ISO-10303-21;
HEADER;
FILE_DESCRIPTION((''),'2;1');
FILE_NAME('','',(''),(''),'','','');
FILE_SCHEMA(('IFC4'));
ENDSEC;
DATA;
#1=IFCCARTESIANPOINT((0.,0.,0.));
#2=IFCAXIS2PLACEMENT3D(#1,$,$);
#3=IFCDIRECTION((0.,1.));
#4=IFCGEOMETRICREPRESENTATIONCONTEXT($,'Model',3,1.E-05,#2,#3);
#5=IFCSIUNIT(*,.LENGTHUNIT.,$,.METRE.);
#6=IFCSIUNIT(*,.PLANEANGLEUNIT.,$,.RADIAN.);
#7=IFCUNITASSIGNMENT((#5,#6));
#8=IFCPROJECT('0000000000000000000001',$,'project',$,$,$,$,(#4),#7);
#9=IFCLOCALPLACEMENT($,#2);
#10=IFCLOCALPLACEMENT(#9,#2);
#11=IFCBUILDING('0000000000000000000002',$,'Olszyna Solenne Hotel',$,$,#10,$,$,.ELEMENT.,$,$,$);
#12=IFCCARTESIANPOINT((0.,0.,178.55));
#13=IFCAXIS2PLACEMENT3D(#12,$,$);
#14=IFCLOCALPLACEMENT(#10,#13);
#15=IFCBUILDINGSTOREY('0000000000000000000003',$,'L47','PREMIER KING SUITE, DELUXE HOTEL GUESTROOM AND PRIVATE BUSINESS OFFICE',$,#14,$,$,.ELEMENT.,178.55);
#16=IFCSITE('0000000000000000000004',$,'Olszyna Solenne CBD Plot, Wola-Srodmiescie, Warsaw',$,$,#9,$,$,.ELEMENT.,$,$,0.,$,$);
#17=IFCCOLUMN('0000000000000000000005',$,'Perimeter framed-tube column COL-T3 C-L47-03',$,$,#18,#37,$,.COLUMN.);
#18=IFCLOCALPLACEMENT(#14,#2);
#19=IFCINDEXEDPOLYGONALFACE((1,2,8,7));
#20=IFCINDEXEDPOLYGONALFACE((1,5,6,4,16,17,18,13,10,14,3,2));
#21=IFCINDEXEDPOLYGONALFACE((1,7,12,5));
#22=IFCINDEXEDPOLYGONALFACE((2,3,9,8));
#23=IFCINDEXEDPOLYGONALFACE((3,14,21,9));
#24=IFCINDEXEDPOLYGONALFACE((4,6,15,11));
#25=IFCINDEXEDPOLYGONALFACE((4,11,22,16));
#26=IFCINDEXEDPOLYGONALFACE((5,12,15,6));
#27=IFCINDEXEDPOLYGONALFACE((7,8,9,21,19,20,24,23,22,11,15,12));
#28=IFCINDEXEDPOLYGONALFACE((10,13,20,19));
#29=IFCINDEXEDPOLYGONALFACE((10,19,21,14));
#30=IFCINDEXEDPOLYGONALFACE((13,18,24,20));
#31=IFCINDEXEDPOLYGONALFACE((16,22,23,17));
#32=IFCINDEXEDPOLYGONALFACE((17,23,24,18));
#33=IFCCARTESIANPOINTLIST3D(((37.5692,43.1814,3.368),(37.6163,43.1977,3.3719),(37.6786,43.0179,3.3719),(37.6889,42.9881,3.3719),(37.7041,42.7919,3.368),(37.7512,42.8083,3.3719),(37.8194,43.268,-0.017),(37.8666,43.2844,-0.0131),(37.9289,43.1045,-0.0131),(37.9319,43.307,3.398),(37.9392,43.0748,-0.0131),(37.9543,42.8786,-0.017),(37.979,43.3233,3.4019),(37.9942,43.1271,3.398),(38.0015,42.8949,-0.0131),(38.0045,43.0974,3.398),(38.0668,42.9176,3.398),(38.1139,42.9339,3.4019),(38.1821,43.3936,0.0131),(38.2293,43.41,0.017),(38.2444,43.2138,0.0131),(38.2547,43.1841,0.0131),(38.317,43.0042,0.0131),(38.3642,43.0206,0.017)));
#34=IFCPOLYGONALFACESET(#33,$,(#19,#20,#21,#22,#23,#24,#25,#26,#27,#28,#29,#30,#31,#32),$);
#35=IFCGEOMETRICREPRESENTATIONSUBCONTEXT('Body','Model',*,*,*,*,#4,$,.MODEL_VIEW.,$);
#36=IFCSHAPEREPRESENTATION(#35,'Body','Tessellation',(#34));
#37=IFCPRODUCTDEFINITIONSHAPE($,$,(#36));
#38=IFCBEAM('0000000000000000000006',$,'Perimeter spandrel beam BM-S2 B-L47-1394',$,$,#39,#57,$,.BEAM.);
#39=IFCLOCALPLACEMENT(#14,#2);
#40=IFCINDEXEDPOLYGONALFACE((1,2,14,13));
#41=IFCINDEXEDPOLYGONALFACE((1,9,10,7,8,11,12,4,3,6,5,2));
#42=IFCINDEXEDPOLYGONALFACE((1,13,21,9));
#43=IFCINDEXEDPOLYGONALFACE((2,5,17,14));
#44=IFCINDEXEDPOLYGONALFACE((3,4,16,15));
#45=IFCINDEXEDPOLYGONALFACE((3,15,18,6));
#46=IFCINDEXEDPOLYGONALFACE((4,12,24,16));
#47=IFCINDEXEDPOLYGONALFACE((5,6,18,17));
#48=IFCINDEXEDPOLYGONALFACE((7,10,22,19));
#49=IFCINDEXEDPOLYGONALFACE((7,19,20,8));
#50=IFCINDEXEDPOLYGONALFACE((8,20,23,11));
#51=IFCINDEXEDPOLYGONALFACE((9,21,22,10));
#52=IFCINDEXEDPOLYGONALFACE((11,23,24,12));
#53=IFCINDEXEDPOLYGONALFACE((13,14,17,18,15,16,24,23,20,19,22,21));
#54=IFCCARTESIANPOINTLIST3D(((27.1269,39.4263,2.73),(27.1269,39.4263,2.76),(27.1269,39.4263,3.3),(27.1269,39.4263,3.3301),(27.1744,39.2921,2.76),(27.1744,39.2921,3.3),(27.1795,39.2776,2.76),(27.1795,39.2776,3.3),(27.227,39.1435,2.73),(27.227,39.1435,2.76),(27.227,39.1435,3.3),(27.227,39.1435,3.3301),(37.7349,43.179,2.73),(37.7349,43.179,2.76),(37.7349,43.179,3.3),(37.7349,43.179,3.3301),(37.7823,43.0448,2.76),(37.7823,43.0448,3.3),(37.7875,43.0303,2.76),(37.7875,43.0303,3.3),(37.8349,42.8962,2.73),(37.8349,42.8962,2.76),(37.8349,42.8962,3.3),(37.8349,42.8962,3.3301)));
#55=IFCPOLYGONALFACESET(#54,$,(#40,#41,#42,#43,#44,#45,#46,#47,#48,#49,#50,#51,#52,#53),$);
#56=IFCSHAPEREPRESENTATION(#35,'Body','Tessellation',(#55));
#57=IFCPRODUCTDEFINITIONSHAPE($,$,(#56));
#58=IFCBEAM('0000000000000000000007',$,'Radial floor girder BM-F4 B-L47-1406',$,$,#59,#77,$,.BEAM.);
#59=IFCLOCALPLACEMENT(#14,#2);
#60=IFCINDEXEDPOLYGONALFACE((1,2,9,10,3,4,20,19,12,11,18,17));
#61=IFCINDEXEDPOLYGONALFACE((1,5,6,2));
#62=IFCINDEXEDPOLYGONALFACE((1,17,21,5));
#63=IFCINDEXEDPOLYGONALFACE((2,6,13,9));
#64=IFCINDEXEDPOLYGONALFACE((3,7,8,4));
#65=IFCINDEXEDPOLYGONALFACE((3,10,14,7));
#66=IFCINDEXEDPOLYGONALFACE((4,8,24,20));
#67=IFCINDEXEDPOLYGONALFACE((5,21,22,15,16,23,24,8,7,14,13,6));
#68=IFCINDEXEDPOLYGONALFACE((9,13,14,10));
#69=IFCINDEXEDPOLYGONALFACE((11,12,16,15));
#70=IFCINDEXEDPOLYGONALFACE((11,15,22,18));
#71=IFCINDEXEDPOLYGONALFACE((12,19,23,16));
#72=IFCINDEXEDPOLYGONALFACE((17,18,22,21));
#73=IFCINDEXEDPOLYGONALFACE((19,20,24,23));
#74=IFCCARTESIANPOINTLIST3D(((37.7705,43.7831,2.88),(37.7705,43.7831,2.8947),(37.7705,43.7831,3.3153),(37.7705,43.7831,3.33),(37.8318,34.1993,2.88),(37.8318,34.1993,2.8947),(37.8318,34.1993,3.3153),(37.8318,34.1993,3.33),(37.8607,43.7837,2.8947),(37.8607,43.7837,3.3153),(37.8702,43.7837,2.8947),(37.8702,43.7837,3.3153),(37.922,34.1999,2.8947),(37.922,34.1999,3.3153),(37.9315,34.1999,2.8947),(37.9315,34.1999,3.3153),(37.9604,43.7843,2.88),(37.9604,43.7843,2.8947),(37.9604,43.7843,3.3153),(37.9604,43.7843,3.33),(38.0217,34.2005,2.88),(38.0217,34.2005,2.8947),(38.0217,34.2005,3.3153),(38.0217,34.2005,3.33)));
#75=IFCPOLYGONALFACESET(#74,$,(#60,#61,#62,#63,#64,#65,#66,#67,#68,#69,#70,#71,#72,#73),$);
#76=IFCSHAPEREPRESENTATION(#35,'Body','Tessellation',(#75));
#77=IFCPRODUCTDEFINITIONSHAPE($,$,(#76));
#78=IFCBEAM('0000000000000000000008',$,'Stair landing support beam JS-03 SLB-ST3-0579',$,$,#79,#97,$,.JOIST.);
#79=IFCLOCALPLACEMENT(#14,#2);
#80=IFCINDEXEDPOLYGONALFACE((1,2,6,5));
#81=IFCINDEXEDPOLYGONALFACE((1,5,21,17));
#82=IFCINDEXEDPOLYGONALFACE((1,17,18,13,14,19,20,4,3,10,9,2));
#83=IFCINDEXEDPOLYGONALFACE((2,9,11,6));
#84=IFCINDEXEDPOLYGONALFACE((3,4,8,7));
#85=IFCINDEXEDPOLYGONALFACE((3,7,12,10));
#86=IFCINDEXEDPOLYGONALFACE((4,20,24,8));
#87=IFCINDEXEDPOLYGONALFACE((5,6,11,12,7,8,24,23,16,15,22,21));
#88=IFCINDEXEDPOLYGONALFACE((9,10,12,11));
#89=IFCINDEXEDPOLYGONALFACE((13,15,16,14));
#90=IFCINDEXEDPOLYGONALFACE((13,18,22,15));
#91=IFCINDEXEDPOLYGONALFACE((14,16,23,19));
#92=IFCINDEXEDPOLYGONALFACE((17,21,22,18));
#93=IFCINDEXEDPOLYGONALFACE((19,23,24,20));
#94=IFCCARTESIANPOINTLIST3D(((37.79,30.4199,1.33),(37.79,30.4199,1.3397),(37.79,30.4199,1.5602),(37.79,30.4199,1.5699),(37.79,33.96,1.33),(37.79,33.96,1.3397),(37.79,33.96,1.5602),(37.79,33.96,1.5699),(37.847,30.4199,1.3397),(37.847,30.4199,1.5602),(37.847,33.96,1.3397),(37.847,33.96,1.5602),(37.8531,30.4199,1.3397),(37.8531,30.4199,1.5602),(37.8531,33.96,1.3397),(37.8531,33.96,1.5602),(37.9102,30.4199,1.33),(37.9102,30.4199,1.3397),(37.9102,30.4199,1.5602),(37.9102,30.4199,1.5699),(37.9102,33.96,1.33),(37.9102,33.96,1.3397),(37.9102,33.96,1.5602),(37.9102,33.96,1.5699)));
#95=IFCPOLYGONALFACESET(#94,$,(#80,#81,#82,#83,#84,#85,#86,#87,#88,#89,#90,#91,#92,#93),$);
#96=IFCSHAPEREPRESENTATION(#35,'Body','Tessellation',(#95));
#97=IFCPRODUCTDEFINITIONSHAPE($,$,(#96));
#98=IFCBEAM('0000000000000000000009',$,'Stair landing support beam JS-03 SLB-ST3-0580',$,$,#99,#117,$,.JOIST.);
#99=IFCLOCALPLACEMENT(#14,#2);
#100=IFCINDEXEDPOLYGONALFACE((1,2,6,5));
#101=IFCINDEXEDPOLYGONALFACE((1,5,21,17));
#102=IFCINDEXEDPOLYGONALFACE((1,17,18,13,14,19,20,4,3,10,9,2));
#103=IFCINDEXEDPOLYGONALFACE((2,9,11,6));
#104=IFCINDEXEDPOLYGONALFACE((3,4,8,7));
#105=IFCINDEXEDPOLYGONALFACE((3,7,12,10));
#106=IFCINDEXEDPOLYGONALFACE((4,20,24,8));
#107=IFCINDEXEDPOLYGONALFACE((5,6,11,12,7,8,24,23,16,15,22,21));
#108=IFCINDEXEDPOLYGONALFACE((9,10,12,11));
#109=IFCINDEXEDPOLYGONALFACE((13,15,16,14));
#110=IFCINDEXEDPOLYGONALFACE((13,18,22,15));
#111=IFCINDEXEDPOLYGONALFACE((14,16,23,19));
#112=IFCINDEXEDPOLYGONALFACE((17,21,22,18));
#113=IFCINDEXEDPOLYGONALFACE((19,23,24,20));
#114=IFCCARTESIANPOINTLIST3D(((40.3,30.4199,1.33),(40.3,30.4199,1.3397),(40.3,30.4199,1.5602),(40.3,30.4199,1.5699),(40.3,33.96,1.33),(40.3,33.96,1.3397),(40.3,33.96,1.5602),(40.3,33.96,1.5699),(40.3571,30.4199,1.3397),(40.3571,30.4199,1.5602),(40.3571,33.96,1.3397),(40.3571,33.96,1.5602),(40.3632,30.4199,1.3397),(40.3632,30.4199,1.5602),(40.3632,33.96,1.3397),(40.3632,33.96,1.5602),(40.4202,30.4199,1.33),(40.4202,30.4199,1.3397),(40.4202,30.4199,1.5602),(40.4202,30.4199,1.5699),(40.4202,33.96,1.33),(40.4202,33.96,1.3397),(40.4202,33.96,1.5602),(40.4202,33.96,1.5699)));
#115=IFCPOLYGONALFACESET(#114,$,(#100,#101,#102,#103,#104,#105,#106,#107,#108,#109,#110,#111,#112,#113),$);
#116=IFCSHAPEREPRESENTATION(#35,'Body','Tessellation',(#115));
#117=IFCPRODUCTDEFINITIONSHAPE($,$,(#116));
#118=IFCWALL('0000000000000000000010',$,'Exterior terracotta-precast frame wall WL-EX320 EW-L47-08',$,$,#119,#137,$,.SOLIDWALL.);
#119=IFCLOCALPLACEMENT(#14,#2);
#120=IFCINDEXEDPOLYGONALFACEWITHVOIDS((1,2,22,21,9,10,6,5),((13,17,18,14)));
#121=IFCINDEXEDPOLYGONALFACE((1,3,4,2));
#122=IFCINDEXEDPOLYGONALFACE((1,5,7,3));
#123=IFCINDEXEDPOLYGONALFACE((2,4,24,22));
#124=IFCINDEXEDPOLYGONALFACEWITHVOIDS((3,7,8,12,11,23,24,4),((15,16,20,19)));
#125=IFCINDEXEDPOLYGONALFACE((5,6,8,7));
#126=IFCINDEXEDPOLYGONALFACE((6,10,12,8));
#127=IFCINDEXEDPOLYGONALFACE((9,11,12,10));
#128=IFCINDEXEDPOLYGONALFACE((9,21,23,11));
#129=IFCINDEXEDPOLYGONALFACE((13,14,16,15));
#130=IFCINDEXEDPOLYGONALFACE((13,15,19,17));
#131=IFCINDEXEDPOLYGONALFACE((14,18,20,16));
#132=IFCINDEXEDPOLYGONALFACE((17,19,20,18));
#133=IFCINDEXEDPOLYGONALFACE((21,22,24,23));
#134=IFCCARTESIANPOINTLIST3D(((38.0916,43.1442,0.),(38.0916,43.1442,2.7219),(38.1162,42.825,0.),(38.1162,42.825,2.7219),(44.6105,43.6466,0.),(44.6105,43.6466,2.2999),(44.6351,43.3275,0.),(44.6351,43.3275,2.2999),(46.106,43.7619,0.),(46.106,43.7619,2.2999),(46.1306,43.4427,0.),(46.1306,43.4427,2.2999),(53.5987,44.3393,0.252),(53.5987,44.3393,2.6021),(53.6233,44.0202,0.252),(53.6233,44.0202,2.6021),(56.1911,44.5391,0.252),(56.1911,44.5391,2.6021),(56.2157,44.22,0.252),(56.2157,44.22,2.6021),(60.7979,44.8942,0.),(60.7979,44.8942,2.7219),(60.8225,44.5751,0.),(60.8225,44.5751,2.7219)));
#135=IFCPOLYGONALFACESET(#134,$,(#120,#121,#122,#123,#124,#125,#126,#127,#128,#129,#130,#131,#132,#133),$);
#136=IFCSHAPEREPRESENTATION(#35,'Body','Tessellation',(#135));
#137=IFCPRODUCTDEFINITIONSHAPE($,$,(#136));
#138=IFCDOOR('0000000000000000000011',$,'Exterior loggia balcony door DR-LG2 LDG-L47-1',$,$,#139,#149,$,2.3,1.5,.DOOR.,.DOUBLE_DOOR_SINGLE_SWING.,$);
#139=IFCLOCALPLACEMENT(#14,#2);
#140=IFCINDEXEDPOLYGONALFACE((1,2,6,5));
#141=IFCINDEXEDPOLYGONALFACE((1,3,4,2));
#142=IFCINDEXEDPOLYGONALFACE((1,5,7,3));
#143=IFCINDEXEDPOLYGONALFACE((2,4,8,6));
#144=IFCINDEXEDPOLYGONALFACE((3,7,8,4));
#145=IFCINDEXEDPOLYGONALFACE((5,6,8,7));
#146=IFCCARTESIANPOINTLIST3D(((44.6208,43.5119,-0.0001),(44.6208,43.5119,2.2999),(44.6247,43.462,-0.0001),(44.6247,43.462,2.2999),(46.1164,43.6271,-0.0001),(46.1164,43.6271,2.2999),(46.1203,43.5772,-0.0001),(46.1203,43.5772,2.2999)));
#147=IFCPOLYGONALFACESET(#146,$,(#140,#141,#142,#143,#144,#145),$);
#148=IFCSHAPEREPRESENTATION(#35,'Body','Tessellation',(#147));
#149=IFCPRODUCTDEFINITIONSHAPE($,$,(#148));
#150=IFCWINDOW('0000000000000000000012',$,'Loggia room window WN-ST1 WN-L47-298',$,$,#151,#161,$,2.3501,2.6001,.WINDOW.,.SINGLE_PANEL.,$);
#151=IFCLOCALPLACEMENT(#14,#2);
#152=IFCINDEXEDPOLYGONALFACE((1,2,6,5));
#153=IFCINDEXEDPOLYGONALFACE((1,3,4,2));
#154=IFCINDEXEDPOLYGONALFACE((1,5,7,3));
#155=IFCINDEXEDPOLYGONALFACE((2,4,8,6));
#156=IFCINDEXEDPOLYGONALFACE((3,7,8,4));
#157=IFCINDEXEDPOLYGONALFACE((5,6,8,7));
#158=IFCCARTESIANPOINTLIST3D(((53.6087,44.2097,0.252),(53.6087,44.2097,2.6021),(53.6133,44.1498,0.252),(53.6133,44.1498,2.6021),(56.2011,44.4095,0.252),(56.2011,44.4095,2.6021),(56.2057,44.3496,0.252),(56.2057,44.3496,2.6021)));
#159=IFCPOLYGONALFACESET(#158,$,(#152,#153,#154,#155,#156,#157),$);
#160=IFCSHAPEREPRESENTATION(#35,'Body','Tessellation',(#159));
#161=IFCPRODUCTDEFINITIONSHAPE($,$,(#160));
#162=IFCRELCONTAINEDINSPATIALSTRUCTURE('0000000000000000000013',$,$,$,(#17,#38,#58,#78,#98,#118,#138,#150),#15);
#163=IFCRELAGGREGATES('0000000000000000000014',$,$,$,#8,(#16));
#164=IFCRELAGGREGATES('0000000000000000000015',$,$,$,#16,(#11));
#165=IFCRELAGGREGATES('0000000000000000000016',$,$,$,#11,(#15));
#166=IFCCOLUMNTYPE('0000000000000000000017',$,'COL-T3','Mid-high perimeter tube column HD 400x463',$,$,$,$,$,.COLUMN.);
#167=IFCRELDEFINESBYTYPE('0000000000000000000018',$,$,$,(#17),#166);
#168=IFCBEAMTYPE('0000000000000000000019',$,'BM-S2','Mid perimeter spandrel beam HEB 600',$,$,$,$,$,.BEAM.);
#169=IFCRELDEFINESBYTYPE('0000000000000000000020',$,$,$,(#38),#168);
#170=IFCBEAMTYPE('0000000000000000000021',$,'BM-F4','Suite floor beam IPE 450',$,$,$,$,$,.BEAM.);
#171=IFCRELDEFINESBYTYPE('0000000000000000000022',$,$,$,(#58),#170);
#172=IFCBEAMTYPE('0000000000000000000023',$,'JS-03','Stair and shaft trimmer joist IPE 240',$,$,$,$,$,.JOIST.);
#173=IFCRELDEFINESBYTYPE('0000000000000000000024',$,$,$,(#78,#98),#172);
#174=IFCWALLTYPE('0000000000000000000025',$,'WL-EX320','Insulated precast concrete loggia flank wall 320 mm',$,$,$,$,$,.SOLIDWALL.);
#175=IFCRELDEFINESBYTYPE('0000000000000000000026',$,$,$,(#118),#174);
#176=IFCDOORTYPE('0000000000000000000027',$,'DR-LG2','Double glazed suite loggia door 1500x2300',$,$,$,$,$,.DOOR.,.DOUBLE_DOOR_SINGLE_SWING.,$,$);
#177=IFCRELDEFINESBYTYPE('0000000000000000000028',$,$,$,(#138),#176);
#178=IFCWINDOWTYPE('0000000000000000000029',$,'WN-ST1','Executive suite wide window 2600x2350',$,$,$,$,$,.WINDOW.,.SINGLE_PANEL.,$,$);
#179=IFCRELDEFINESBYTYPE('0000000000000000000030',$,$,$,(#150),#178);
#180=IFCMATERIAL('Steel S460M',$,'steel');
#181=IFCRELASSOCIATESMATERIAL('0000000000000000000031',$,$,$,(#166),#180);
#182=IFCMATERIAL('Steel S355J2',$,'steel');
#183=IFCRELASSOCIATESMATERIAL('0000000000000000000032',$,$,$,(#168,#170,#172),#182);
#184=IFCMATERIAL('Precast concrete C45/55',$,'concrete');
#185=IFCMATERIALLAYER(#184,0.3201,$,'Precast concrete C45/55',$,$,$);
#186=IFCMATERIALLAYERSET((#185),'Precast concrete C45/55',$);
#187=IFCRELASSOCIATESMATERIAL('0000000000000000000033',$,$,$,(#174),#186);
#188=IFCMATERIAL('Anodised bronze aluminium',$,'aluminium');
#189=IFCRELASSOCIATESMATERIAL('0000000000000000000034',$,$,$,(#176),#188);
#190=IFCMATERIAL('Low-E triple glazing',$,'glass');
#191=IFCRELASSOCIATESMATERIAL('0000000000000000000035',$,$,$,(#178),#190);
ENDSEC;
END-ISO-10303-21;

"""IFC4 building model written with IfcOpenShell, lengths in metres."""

from ifc_helpers import new_model, si_unit, direction, frame, frame_2d, origin, origin_2d, place, context, subcontext, project, spatial, rectangle, i_section, extrude, source, transform, mapped, material, layer, layer_set, material_profile, profile_set, type_object, type_shapes, element, fill, save


model = new_model("IFC4")

# Units and contexts
model_context = context("Model", 3, precision=1e-05, world=origin(), true_north=direction((0.0, 1.0)))
body_context = subcontext(model_context, "Body", "Model", "MODEL_VIEW")
ifc_project = project(units=[si_unit("LENGTHUNIT", "METRE"), si_unit("PLANEANGLEUNIT", "RADIAN")], contexts=[model_context])

# Site, building, storey
site_placement = place(None, origin())
site = spatial("IfcSite", under=ifc_project, at=site_placement, Name="Olszyna Solenne CBD Plot, Wola-Srodmiescie, Warsaw", CompositionType="ELEMENT", RefElevation=0.0)
building_placement = place(site_placement, origin())
building = spatial("IfcBuilding", under=site, at=building_placement, Name="Olszyna Solenne Hotel", CompositionType="ELEMENT")
storey_placement = place(building_placement, frame((0.0, 0.0, 178.55)))
storey = spatial("IfcBuildingStorey", under=building, at=storey_placement, Name="L47", Description="PREMIER KING SUITE, DELUXE HOTEL GUESTROOM AND PRIVATE BUSINESS OFFICE", CompositionType="ELEMENT", Elevation=178.55)

# Column
ifc_material_1 = material(Name="Steel S460M", Category="steel")
ifc_material_profile_1 = material_profile(ifc_material_1, i_section(OverallWidth=0.4121, OverallDepth=0.4351, WebThickness=0.0315, FlangeThickness=0.05, at=origin_2d()), Name="HD 400x463", Category="load-bearing")
ifc_profile_set_1 = profile_set([ifc_material_profile_1], Name="Steel S460M")
column_type = type_object("IfcColumnType", Name="COL-T3", Description="Mid-high perimeter tube column HD 400x463", PredefinedType="COLUMN", material=ifc_profile_set_1)
shared_shape_1 = source(origin(), body_context, "Body", "SweptSolid", [
    extrude(i_section(OverallWidth=0.4121, OverallDepth=0.4351, WebThickness=0.0315, FlangeThickness=0.05, at=origin_2d()), origin(), (0.0, 0.0, 1.0), 3.3953),
])
column_placement = place(storey_placement, frame((38.0918, 43.1443, 0.0), z_axis=(-0.073702, -0.025526, 0.996954), x_axis=(0.327269, -0.944931, 0.0)))
element("IfcColumn", 1, at=column_placement, inside=storey, type_object=column_type, Name="Perimeter framed-tube column COL-T3 C-L47-03", PredefinedType="COLUMN", context=body_context, shape_type="MappedRepresentation", body=[
    mapped(shared_shape_1, transform((0.0, 0.0, 0.0), x_axis=(1.0, 0.0, 0.0), y_axis=(0.0, 1.0, 0.0), z_axis=(0.0, 0.0, 1.0), scale=1.0)),
])

# Beams
ifc_material_2 = material(Name="Steel S355J2", Category="steel")
ifc_material_profile_2 = material_profile(ifc_material_2, i_section(OverallWidth=0.3, OverallDepth=0.6001, WebThickness=0.0154, FlangeThickness=0.03, at=origin_2d()), Name="HEB 600", Category="load-bearing")
ifc_profile_set_2 = profile_set([ifc_material_profile_2], Name="Steel S355J2")
beam_type_1 = type_object("IfcBeamType", Name="BM-S2", Description="Mid perimeter spandrel beam HEB 600", PredefinedType="BEAM", material=ifc_profile_set_2)
shared_shape_2 = source(origin(), body_context, "Body", "SweptSolid", [
    extrude(i_section(OverallWidth=0.3, OverallDepth=0.6001, WebThickness=0.0154, FlangeThickness=0.03, at=origin_2d()), origin(), (0.0, 0.0, 1.0), 11.2522),
])
beam_1_placement = place(storey_placement, frame((37.7849, 43.0376, 3.03), z_axis=(-0.942747, -0.333509, 0.0), x_axis=(0.333509, -0.942747, 0.0)))
element("IfcBeam", 2, at=beam_1_placement, inside=storey, type_object=beam_type_1, Name="Perimeter spandrel beam BM-S2 B-L47-1394", PredefinedType="BEAM", context=body_context, shape_type="MappedRepresentation", body=[
    mapped(shared_shape_2, transform((0.0, 0.0, 0.0), x_axis=(1.0, 0.0, 0.0), y_axis=(0.0, 1.0, 0.0), z_axis=(0.0, 0.0, 1.0), scale=1.0)),
])
ifc_material_profile_3 = material_profile(ifc_material_2, i_section(OverallWidth=0.1899, OverallDepth=0.45, WebThickness=0.0095, FlangeThickness=0.0146, at=origin_2d()), Name="IPE 450", Category="load-bearing")
ifc_profile_set_3 = profile_set([ifc_material_profile_3], Name="Steel S355J2")
beam_type_2 = type_object("IfcBeamType", Name="BM-F4", Description="Suite floor beam IPE 450", PredefinedType="BEAM", material=ifc_profile_set_3)
shared_shape_3 = source(origin(), body_context, "Body", "SweptSolid", [
    extrude(i_section(OverallWidth=0.1899, OverallDepth=0.45, WebThickness=0.0095, FlangeThickness=0.0146, at=origin_2d()), origin(), (0.0, 0.0, 1.0), 9.584),
])
beam_2_placement = place(storey_placement, frame((37.8655, 43.7837, 3.105), z_axis=(0.006394, -0.99998, 0.0), x_axis=(0.99998, 0.006394, 0.0)))
element("IfcBeam", 3, at=beam_2_placement, inside=storey, type_object=beam_type_2, Name="Radial floor girder BM-F4 B-L47-1406", PredefinedType="BEAM", context=body_context, shape_type="MappedRepresentation", body=[
    mapped(shared_shape_3, transform((0.0, 0.0, 0.0), x_axis=(1.0, 0.0, 0.0), y_axis=(0.0, 1.0, 0.0), z_axis=(0.0, 0.0, 1.0), scale=1.0)),
])
ifc_material_profile_4 = material_profile(ifc_material_2, i_section(OverallWidth=0.1201, OverallDepth=0.24, WebThickness=0.0061, FlangeThickness=0.0098, at=origin_2d()), Name="IPE 240", Category="load-bearing")
ifc_profile_set_4 = profile_set([ifc_material_profile_4], Name="Steel S355J2")
beam_type_3 = type_object("IfcBeamType", Name="JS-03", Description="Stair and shaft trimmer joist IPE 240", PredefinedType="JOIST", material=ifc_profile_set_4)
shared_shape_4 = source(origin(), body_context, "Body", "SweptSolid", [
    extrude(i_section(OverallWidth=0.1201, OverallDepth=0.24, WebThickness=0.0061, FlangeThickness=0.0098, at=origin_2d()), origin(), (0.0, 0.0, 1.0), 3.54),
])
for number, where, z_axis, x_axis, name in (
    (4, (37.8501, 30.4199, 1.45), (0.0, 1.0, 0.0), (-1.0, 0.0, 0.0), "Stair landing support beam JS-03 SLB-ST3-0579"),
    (5, (40.3601, 30.4199, 1.45), (0.0, 1.0, 0.0), (-1.0, 0.0, 0.0), "Stair landing support beam JS-03 SLB-ST3-0580"),
):
    element("IfcBeam", number, at=place(storey_placement, frame(where, z_axis=z_axis, x_axis=x_axis)), inside=storey, type_object=beam_type_3, Name=name, PredefinedType="JOIST", context=body_context, shape_type="MappedRepresentation", body=[
        mapped(shared_shape_4, transform((0.0, 0.0, 0.0), x_axis=(1.0, 0.0, 0.0), y_axis=(0.0, 1.0, 0.0), z_axis=(0.0, 0.0, 1.0), scale=1.0)),
    ])

# Wall, openings, door, window
ifc_material_3 = material(Name="Precast concrete C45/55", Category="concrete")
ifc_layer_1 = layer(ifc_material_3, 0.3201, Name="Precast concrete C45/55")
ifc_layer_set_1 = layer_set([ifc_layer_1], Name="Precast concrete C45/55")
wall_type_1 = type_object("IfcWallType", Name="WL-EX320", Description="Insulated precast concrete loggia flank wall 320 mm", PredefinedType="SOLIDWALL", material=ifc_layer_set_1)
wall_1_placement = place(storey_placement, frame((38.104, 42.9846, 0.0), z_axis=(0.0, 0.0, 1.0), x_axis=(0.997043, 0.076843, 0.0)))
wall_1 = element("IfcWall", 6, at=wall_1_placement, inside=storey, type_object=wall_type_1, Name="Exterior terracotta-precast frame wall WL-EX320 EW-L47-08", PredefinedType="SOLIDWALL", context=body_context, shape_type="SweptSolid", body=[
    extrude(rectangle(XDim=22.7737, YDim=0.3201, at=frame_2d((11.3867, 0.0))), origin(), (0.0, 0.0, 1.0), 2.7219),
])
opening_1_placement = place(wall_1_placement, frame((6.5381, 0.0, 0.0)))
opening_1 = element("IfcOpeningElement", 7, at=opening_1_placement, cuts=wall_1, PredefinedType="OPENING", context=body_context, shape_type="SweptSolid", body=[
    extrude(rectangle(XDim=1.5, YDim=2.3, at=frame_2d((0.75, 1.1499))), frame((0.0, 0.1699, 0.0), z_axis=(0.0, -1.0, 0.0), x_axis=(1.0, 0.0, 0.0)), (0.0, 0.0, 1.0), 0.3401),
])
opening_2_placement = place(wall_1_placement, frame((15.553, 0.0, 0.252)))
opening_2 = element("IfcOpeningElement", 8, at=opening_2_placement, cuts=wall_1, PredefinedType="OPENING", context=body_context, shape_type="SweptSolid", body=[
    extrude(rectangle(XDim=2.6001, YDim=2.3501, at=frame_2d((1.3, 1.175))), frame((0.0, 0.1699, 0.0), z_axis=(0.0, -1.0, 0.0), x_axis=(1.0, 0.0, 0.0)), (0.0, 0.0, 1.0), 0.3401),
])
ifc_material_4 = material(Name="Anodised bronze aluminium", Category="aluminium")
door_type_1 = type_object("IfcDoorType", Name="DR-LG2", Description="Double glazed suite loggia door 1500x2300", OperationType="DOUBLE_DOOR_SINGLE_SWING", PredefinedType="DOOR", material=ifc_material_4)
shared_shape_5 = source(origin(), body_context, "Body", "SweptSolid", [
    extrude(rectangle(XDim=1.5, YDim=2.3, at=frame_2d((0.75, 1.1499))), frame((0.0, 0.0249, 0.0), z_axis=(0.0, -1.0, 0.0), x_axis=(1.0, 0.0, 0.0)), (0.0, 0.0, 1.0), 0.05),
])
type_shapes(door_type_1, [shared_shape_5])
door_1_placement = place(opening_1_placement, origin())
door_1 = element("IfcDoor", 9, at=door_1_placement, inside=storey, type_object=door_type_1, Name="Exterior loggia balcony door DR-LG2 LDG-L47-1", OperationType="DOUBLE_DOOR_SINGLE_SWING", OverallHeight=2.3, OverallWidth=1.5, PredefinedType="DOOR", context=body_context, shape_type="MappedRepresentation", body=[
    mapped(shared_shape_5, transform((0.0, 0.0, 0.0), x_axis=(1.0, 0.0, 0.0), y_axis=(0.0, 1.0, 0.0), z_axis=(0.0, 0.0, 1.0), scale=1.0)),
])
fill(opening_1, door_1)
ifc_material_5 = material(Name="Low-E triple glazing", Category="glass")
window_type = type_object("IfcWindowType", Name="WN-ST1", Description="Executive suite wide window 2600x2350", PartitioningType="SINGLE_PANEL", PredefinedType="WINDOW", material=ifc_material_5)
shared_shape_6 = source(origin(), body_context, "Body", "SweptSolid", [
    extrude(rectangle(XDim=2.6001, YDim=2.3501, at=frame_2d((1.3, 1.175))), frame((0.0, 0.03, 0.0), z_axis=(0.0, -1.0, 0.0), x_axis=(1.0, 0.0, 0.0)), (0.0, 0.0, 1.0), 0.0601),
])
type_shapes(window_type, [shared_shape_6])
window_placement = place(opening_2_placement, origin())
window = element("IfcWindow", 10, at=window_placement, inside=storey, type_object=window_type, Name="Loggia room window WN-ST1 WN-L47-298", OverallHeight=2.3501, OverallWidth=2.6001, PartitioningType="SINGLE_PANEL", PredefinedType="WINDOW", context=body_context, shape_type="MappedRepresentation", body=[
    mapped(shared_shape_6, transform((0.0, 0.0, 0.0), x_axis=(1.0, 0.0, 0.0), y_axis=(0.0, 1.0, 0.0), z_axis=(0.0, 0.0, 1.0), scale=1.0)),
])
fill(opening_2, window)

save(model, "model.ifc")
